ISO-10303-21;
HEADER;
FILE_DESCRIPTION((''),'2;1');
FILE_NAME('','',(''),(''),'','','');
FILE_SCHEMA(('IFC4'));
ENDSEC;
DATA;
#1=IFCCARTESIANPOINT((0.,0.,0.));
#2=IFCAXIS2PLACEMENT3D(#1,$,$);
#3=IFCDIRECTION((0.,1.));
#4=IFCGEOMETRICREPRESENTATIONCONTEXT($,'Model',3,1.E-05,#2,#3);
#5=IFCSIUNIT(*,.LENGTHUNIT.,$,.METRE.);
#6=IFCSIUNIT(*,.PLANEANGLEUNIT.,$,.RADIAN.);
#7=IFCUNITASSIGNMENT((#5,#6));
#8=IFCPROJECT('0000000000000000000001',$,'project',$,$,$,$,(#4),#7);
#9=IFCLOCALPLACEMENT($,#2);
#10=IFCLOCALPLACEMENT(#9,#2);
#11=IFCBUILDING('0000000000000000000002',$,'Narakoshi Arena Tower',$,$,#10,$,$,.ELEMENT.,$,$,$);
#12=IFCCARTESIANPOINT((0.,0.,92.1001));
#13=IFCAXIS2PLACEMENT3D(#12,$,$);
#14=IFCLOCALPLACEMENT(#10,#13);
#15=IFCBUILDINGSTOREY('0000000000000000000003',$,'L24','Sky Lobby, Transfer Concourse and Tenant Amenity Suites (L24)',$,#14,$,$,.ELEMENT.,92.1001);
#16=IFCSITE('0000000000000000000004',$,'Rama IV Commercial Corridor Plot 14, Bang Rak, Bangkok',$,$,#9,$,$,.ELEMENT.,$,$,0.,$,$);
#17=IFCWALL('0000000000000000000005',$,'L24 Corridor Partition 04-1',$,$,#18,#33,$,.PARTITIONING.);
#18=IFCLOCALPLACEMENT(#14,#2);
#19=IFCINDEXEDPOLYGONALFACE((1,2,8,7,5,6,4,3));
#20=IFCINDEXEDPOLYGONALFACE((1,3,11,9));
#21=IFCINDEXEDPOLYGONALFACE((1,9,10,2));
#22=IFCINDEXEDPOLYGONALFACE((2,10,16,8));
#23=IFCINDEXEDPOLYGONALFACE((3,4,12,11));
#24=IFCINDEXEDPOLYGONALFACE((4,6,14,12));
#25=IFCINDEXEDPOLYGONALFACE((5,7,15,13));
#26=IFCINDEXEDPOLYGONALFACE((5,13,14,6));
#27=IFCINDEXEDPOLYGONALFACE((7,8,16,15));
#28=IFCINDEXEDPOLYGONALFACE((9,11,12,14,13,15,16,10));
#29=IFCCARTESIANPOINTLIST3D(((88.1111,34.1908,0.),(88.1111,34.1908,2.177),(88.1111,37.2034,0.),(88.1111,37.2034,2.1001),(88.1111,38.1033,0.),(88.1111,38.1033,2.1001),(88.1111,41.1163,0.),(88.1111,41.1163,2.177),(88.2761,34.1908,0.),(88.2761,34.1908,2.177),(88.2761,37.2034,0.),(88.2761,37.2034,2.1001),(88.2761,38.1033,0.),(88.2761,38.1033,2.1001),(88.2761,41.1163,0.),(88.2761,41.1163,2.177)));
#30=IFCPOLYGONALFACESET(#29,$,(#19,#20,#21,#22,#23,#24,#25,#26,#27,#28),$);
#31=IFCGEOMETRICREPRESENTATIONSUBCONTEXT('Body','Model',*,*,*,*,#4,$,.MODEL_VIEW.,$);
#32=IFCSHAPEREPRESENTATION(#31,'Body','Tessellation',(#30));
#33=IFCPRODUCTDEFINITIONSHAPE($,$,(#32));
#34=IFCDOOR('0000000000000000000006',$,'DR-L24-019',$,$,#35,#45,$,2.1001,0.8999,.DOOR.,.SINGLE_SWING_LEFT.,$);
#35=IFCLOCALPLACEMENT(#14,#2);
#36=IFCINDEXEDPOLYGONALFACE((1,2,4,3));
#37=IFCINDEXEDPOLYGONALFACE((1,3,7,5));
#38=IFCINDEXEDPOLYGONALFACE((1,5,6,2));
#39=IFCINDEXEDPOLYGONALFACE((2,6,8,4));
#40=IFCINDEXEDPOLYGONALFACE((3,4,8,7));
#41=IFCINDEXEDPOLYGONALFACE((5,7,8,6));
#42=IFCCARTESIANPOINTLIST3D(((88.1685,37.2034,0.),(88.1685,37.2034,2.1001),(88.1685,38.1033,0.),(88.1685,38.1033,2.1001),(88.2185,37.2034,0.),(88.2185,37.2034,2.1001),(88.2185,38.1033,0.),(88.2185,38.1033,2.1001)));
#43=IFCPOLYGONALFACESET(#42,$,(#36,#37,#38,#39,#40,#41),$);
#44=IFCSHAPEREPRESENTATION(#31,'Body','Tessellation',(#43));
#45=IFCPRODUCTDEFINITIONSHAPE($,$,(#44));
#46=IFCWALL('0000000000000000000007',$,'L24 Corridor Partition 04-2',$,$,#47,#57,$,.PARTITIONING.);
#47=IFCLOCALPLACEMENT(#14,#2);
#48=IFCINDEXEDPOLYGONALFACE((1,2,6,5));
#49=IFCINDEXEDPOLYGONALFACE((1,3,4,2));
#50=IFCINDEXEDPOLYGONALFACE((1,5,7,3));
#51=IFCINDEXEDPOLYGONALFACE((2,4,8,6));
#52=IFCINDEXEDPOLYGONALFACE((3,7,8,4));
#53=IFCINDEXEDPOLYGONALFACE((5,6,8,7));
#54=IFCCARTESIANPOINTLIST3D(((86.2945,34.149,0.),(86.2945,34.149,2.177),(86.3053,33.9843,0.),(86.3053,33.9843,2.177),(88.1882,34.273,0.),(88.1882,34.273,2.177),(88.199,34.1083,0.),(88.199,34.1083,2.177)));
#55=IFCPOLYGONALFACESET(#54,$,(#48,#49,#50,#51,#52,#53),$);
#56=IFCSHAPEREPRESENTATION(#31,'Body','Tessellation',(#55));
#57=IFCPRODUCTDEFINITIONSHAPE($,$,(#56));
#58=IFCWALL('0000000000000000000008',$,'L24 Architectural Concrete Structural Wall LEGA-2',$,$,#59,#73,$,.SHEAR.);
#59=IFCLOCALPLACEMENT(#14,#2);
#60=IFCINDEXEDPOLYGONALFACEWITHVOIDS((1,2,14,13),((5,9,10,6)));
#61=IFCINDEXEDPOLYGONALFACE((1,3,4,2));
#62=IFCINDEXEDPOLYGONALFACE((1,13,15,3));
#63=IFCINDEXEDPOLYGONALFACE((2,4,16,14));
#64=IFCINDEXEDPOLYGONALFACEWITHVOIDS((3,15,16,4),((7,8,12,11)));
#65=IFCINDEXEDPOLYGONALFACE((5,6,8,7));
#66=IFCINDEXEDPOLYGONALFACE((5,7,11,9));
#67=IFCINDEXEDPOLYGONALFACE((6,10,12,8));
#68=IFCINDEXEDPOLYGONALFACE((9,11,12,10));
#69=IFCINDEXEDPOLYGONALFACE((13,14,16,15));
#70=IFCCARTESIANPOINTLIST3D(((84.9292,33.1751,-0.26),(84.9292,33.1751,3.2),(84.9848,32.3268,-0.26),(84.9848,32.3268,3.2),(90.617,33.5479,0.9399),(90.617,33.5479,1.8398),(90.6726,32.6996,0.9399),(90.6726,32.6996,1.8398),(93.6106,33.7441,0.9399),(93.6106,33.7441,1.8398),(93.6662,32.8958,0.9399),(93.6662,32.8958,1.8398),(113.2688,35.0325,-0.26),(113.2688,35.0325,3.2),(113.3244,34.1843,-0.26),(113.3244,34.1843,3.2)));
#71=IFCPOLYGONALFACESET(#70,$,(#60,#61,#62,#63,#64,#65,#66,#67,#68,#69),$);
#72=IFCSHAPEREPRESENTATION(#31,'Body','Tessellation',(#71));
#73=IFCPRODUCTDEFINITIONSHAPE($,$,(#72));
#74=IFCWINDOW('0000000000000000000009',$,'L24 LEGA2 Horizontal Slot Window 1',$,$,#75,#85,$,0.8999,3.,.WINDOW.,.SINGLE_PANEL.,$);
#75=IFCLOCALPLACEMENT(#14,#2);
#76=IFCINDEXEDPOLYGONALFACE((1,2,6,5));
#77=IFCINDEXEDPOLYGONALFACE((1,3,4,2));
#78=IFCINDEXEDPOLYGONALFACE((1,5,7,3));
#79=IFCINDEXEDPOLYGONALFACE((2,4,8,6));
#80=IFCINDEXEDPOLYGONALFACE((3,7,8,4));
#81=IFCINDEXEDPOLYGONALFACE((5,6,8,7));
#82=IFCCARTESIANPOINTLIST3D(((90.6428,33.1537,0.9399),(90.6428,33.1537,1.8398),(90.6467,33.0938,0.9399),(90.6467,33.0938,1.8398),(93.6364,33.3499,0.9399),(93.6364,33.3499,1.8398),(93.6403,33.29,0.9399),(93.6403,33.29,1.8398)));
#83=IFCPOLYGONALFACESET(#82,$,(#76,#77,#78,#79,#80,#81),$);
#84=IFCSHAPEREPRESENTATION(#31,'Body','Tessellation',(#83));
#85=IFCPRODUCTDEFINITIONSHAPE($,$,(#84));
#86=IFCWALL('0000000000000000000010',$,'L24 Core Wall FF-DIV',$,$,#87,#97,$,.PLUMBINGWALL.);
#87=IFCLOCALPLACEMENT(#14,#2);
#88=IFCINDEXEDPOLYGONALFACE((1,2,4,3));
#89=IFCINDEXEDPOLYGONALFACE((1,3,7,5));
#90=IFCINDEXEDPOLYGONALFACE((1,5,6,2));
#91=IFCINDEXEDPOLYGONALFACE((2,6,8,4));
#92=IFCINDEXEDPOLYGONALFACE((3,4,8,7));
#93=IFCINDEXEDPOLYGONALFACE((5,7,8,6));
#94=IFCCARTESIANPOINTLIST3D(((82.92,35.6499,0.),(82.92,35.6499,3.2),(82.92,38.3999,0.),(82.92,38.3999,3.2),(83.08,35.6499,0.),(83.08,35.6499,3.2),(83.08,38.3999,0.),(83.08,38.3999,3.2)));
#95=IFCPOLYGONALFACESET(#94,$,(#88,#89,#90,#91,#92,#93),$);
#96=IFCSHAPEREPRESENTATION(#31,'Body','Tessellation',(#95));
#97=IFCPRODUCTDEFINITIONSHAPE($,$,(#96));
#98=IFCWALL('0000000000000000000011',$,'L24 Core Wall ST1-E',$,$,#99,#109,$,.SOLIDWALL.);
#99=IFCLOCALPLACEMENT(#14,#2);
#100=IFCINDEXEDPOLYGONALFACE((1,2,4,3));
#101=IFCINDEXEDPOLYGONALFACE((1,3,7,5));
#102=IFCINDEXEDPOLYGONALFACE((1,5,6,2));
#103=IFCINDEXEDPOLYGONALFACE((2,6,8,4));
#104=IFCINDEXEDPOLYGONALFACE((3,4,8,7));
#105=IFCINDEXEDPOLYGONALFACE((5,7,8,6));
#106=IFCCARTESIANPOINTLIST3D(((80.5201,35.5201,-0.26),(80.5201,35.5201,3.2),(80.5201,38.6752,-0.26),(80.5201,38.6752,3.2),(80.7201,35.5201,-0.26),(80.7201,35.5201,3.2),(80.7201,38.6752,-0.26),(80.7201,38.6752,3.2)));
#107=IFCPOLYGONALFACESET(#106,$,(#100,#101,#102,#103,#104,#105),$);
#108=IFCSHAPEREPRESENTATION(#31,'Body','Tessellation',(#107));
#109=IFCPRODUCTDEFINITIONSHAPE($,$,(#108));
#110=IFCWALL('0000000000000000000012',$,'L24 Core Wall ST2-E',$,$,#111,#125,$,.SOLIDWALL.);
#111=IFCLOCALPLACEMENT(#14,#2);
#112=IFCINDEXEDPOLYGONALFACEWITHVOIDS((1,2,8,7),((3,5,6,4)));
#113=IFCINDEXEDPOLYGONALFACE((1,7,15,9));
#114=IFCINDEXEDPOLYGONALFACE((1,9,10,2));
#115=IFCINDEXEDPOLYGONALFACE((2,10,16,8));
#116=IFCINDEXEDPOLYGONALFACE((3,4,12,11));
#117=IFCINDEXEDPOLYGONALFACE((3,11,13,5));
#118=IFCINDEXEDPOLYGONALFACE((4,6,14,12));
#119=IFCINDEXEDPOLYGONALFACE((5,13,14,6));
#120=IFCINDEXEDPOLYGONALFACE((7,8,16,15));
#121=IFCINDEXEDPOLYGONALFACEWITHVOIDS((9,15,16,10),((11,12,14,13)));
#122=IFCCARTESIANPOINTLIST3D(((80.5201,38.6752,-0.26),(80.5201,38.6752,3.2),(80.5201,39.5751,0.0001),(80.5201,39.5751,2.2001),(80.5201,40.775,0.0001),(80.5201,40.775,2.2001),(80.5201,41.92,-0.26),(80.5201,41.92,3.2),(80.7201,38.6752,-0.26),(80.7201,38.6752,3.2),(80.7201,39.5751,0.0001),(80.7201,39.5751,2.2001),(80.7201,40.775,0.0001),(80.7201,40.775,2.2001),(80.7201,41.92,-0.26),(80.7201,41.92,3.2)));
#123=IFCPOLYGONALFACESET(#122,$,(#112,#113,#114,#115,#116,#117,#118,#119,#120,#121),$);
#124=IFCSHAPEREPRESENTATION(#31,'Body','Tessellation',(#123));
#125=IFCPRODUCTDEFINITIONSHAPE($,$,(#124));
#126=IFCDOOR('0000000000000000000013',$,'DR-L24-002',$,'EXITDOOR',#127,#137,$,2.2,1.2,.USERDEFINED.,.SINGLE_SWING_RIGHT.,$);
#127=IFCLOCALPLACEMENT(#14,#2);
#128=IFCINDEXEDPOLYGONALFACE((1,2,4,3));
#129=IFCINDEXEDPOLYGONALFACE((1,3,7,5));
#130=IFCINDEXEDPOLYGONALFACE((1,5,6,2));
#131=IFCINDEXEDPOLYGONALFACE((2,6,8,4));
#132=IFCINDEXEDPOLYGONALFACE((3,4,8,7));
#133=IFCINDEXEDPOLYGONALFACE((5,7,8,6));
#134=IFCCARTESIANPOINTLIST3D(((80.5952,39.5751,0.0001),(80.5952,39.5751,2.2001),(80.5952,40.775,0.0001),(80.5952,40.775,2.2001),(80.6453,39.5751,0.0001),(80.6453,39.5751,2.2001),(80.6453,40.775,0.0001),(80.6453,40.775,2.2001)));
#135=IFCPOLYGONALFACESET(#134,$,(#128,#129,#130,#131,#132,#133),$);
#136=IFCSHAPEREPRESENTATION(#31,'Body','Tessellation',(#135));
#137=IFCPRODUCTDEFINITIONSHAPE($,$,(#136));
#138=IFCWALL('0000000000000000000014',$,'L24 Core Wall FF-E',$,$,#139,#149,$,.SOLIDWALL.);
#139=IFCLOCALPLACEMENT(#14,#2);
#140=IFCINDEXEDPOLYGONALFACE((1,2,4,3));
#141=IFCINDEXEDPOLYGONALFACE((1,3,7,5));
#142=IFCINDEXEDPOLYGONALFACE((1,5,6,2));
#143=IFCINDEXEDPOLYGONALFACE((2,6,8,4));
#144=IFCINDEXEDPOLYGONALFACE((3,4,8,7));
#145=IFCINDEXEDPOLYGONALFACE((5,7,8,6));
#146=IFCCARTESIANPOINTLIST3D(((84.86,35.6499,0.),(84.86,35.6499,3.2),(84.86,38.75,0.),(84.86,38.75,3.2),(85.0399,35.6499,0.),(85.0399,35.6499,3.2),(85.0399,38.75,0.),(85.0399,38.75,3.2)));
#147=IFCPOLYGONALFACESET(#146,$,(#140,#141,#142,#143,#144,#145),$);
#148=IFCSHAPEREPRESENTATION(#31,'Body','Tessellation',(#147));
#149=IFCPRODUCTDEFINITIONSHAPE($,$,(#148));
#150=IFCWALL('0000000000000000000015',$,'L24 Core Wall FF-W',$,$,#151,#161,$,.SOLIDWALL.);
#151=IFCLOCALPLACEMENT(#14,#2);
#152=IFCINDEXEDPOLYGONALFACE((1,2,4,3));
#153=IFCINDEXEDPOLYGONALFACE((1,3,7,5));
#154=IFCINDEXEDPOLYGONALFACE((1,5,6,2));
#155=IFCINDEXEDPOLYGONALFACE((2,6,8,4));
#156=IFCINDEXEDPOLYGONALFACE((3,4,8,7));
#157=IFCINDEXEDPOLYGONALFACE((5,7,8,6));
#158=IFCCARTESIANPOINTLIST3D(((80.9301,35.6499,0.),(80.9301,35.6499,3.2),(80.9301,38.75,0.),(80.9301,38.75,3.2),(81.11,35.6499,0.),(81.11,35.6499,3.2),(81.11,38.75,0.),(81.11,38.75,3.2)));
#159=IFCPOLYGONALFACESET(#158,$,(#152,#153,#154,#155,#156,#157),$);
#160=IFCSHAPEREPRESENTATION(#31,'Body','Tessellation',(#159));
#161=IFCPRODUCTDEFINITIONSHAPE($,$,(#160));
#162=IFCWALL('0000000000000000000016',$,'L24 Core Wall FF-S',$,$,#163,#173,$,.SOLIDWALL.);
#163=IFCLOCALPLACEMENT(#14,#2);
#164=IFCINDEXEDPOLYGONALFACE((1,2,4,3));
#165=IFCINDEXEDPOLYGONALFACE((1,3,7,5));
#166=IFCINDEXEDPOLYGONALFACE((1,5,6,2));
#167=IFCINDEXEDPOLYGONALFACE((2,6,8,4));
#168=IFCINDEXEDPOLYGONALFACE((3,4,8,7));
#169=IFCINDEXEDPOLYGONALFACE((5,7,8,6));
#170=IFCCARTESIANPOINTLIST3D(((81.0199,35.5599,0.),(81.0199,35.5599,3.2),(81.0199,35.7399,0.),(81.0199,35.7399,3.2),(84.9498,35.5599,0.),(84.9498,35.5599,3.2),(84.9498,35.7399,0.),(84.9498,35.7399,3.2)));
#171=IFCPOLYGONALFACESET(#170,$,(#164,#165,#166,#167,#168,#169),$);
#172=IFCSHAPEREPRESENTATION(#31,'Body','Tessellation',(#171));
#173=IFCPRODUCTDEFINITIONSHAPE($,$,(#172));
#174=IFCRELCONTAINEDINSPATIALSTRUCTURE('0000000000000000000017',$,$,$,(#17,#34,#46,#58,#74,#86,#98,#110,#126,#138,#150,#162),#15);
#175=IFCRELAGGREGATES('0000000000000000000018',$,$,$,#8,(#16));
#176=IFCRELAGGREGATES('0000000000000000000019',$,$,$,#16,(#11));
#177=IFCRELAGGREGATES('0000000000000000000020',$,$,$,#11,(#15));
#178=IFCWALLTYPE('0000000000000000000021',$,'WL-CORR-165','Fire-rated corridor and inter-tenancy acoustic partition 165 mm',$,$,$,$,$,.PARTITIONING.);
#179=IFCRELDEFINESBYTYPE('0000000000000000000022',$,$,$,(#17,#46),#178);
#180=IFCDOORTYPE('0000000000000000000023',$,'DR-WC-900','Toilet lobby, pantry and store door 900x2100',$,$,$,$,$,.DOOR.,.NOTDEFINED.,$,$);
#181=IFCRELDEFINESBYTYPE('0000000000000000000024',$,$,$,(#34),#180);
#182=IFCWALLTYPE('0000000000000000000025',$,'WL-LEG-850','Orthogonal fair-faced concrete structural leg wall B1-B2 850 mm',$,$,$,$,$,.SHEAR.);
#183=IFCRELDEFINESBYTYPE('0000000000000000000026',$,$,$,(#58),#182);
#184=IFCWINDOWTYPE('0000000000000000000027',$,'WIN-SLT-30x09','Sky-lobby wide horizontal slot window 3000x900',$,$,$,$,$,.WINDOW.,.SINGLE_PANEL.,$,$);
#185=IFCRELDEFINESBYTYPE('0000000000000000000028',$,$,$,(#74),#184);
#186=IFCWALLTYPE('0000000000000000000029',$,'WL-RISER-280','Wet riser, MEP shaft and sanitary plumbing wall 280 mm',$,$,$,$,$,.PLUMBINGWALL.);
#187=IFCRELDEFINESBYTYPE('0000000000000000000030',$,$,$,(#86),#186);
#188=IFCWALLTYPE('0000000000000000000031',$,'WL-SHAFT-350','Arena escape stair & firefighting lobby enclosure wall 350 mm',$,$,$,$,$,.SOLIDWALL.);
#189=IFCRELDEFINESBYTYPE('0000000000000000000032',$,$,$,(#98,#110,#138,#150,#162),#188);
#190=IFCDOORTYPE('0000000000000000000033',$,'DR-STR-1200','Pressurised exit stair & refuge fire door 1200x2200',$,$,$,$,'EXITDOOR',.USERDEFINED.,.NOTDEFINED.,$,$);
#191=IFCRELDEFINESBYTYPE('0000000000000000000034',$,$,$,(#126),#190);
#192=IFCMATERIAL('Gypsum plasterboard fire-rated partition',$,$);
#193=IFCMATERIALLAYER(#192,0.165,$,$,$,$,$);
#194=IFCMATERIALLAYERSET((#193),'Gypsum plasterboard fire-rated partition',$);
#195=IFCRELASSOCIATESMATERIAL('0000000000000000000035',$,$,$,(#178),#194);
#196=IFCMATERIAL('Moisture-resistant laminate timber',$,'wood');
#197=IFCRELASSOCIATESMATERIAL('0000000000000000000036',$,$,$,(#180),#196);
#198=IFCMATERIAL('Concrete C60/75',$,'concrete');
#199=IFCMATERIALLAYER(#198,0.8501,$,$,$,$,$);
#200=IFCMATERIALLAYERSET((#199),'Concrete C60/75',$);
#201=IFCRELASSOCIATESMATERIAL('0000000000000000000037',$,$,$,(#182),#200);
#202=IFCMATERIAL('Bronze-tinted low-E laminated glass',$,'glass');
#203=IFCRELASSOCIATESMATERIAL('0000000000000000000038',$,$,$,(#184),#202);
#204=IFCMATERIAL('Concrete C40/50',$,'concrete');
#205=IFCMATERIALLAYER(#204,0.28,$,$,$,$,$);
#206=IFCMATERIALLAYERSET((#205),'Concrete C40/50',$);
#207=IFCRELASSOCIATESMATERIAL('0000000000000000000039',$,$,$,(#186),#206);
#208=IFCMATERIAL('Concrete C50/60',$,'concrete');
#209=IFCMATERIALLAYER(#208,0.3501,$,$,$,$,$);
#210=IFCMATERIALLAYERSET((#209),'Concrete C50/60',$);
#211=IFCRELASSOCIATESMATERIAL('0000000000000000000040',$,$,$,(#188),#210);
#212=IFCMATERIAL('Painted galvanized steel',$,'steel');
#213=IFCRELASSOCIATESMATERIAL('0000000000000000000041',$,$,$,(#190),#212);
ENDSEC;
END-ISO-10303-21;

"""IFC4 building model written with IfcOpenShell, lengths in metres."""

from ifc_helpers import new_model, si_unit, direction, frame, frame_2d, origin, place, context, subcontext, project, spatial, rectangle, extrude, material, layer, layer_set, type_object, element, fill, save


model = new_model("IFC4")

# Units and contexts
model_context = context("Model", 3, precision=1e-05, world=origin(), true_north=direction((0.0, 1.0)))
body_context = subcontext(model_context, "Body", "Model", "MODEL_VIEW")
ifc_project = project(units=[si_unit("LENGTHUNIT", "METRE"), si_unit("PLANEANGLEUNIT", "RADIAN")], contexts=[model_context])

# Site, building, storey
site_placement = place(None, origin())
site = spatial("IfcSite", under=ifc_project, at=site_placement, Name="Rama IV Commercial Corridor Plot 14, Bang Rak, Bangkok", CompositionType="ELEMENT", RefElevation=0.0)
building_placement = place(site_placement, origin())
building = spatial("IfcBuilding", under=site, at=building_placement, Name="Narakoshi Arena Tower", CompositionType="ELEMENT")
storey_placement = place(building_placement, frame((0.0, 0.0, 92.1001)))
storey = spatial("IfcBuildingStorey", under=building, at=storey_placement, Name="L24", Description="Sky Lobby, Transfer Concourse and Tenant Amenity Suites (L24)", CompositionType="ELEMENT", Elevation=92.1001)

# Shared definitions
ifc_material_1 = material(Name="Concrete C60/75", Category="concrete")

# Wall, opening, door
ifc_material_2 = material(Name="Gypsum plasterboard fire-rated partition")
ifc_layer_1 = layer(ifc_material_2, 0.165)
ifc_layer_set_1 = layer_set([ifc_layer_1], Name="Gypsum plasterboard fire-rated partition")
wall_type_1 = type_object("IfcWallType", Name="WL-CORR-165", Description="Fire-rated corridor and inter-tenancy acoustic partition 165 mm", PredefinedType="PARTITIONING", material=ifc_layer_set_1)
wall_1_placement = place(storey_placement, frame((88.1936, 34.1907, 0.0), z_axis=(0.0, 0.0, 1.0), x_axis=(0.0, 1.0, 0.0)))
wall_1 = element("IfcWall", 1, at=wall_1_placement, inside=storey, type_object=wall_type_1, Name="L24 Corridor Partition 04-1", PredefinedType="PARTITIONING", context=body_context, shape_type="SweptSolid", body=[
    extrude(rectangle(XDim=6.9255, YDim=0.165, at=frame_2d((3.4629, 0.0))), origin(), (0.0, 0.0, 1.0), 2.177),
])
opening_1_placement = place(wall_1_placement, frame((3.0127, 0.0, 0.0)))
opening_1 = element("IfcOpeningElement", 2, at=opening_1_placement, cuts=wall_1, PredefinedType="OPENING", context=body_context, shape_type="SweptSolid", body=[
    extrude(rectangle(XDim=0.8999, YDim=2.1001, at=frame_2d((0.45, 1.05))), frame((0.0, 0.0925, 0.0), z_axis=(0.0, -1.0, 0.0), x_axis=(1.0, 0.0, 0.0)), (0.0, 0.0, 1.0), 0.1851),
])
ifc_material_3 = material(Name="Moisture-resistant laminate timber", Category="wood")
door_type_1 = type_object("IfcDoorType", Name="DR-WC-900", Description="Toilet lobby, pantry and store door 900x2100", OperationType="NOTDEFINED", PredefinedType="DOOR", material=ifc_material_3)
door_1_placement = place(opening_1_placement, frame((0.8999, 0.0, 0.0), z_axis=(0.0, 0.0, 1.0), x_axis=(-1.0, 0.0, 0.0)))
door_1 = element("IfcDoor", 3, at=door_1_placement, inside=storey, type_object=door_type_1, Name="DR-L24-019", OperationType="SINGLE_SWING_LEFT", OverallHeight=2.1001, OverallWidth=0.8999, PredefinedType="DOOR", context=body_context, shape_type="SweptSolid", body=[
    extrude(rectangle(XDim=0.8999, YDim=2.1001, at=frame_2d((0.45, 1.05))), frame((0.0, 0.0249, 0.0), z_axis=(0.0, -1.0, 0.0), x_axis=(1.0, 0.0, 0.0)), (0.0, 0.0, 1.0), 0.05),
])
fill(opening_1, door_1)

# Wall
wall_2_placement = place(storey_placement, frame((86.3, 34.0667, 0.0), z_axis=(0.0, 0.0, 1.0), x_axis=(0.997862, 0.065358, 0.0)))
element("IfcWall", 4, at=wall_2_placement, inside=storey, type_object=wall_type_1, Name="L24 Corridor Partition 04-2", PredefinedType="PARTITIONING", context=body_context, shape_type="SweptSolid", body=[
    extrude(rectangle(XDim=1.8977, YDim=0.165, at=frame_2d((0.9487, 0.0))), origin(), (0.0, 0.0, 1.0), 2.177),
])

# Wall, opening, window
ifc_layer_2 = layer(ifc_material_1, 0.8501)
ifc_layer_set_2 = layer_set([ifc_layer_2], Name="Concrete C60/75")
wall_type_2 = type_object("IfcWallType", Name="WL-LEG-850", Description="Orthogonal fair-faced concrete structural leg wall B1-B2 850 mm", PredefinedType="SHEAR", material=ifc_layer_set_2)
wall_3_placement = place(storey_placement, frame((84.957, 32.751, -0.26), z_axis=(0.0, 0.0, 1.0), x_axis=(0.997859, 0.065401, 0.0)))
wall_3 = element("IfcWall", 5, at=wall_3_placement, inside=storey, type_object=wall_type_2, Name="L24 Architectural Concrete Structural Wall LEGA-2", PredefinedType="SHEAR", context=body_context, shape_type="SweptSolid", body=[
    extrude(rectangle(XDim=28.4004, YDim=0.8501, at=frame_2d((14.2002, 0.0))), origin(), (0.0, 0.0, 1.0), 3.46),
])
opening_2_placement = place(wall_3_placement, frame((5.7, 0.0, 1.2)))
opening_2 = element("IfcOpeningElement", 6, at=opening_2_placement, cuts=wall_3, PredefinedType="OPENING", context=body_context, shape_type="SweptSolid", body=[
    extrude(rectangle(XDim=3.0, YDim=0.8999, at=frame_2d((1.5, 0.45))), frame((0.0, 0.4351, 0.0), z_axis=(0.0, -1.0, 0.0), x_axis=(1.0, 0.0, 0.0)), (0.0, 0.0, 1.0), 0.8701),
])
ifc_material_4 = material(Name="Bronze-tinted low-E laminated glass", Category="glass")
window_type = type_object("IfcWindowType", Name="WIN-SLT-30x09", Description="Sky-lobby wide horizontal slot window 3000x900", PartitioningType="SINGLE_PANEL", PredefinedType="WINDOW", material=ifc_material_4)
window_placement = place(opening_2_placement, origin())
window = element("IfcWindow", 7, at=window_placement, inside=storey, type_object=window_type, Name="L24 LEGA2 Horizontal Slot Window 1", OverallHeight=0.8999, OverallWidth=3.0, PartitioningType="SINGLE_PANEL", PredefinedType="WINDOW", context=body_context, shape_type="SweptSolid", body=[
    extrude(rectangle(XDim=3.0, YDim=0.8999, at=frame_2d((1.5, 0.45))), frame((0.0, 0.03, 0.0), z_axis=(0.0, -1.0, 0.0), x_axis=(1.0, 0.0, 0.0)), (0.0, 0.0, 1.0), 0.0601),
])
fill(opening_2, window)

# Walls
ifc_material_5 = material(Name="Concrete C40/50", Category="concrete")
ifc_layer_3 = layer(ifc_material_5, 0.28)
ifc_layer_set_3 = layer_set([ifc_layer_3], Name="Concrete C40/50")
wall_type_3 = type_object("IfcWallType", Name="WL-RISER-280", Description="Wet riser, MEP shaft and sanitary plumbing wall 280 mm", PredefinedType="PLUMBINGWALL", material=ifc_layer_set_3)
wall_4_placement = place(storey_placement, frame((83.0, 35.6499, 0.0), z_axis=(0.0, 0.0, 1.0), x_axis=(0.0, 1.0, 0.0)))
element("IfcWall", 8, at=wall_4_placement, inside=storey, type_object=wall_type_3, Name="L24 Core Wall FF-DIV", PredefinedType="PLUMBINGWALL", context=body_context, shape_type="SweptSolid", body=[
    extrude(rectangle(XDim=2.75, YDim=0.1599, at=frame_2d((1.375, 0.0))), origin(), (0.0, 0.0, 1.0), 3.2),
])
ifc_material_6 = material(Name="Concrete C50/60", Category="concrete")
ifc_layer_4 = layer(ifc_material_6, 0.3501)
ifc_layer_set_4 = layer_set([ifc_layer_4], Name="Concrete C50/60")
wall_type_4 = type_object("IfcWallType", Name="WL-SHAFT-350", Description="Arena escape stair & firefighting lobby enclosure wall 350 mm", PredefinedType="SOLIDWALL", material=ifc_layer_set_4)
wall_5_placement = place(storey_placement, frame((80.6201, 35.52, -0.26), z_axis=(0.0, 0.0, 1.0), x_axis=(0.0, 1.0, 0.0)))
element("IfcWall", 9, at=wall_5_placement, inside=storey, type_object=wall_type_4, Name="L24 Core Wall ST1-E", PredefinedType="SOLIDWALL", context=body_context, shape_type="SweptSolid", body=[
    extrude(rectangle(XDim=3.155, YDim=0.2, at=frame_2d((1.5776, 0.0))), origin(), (0.0, 0.0, 1.0), 3.46),
])

# Wall, opening, door
wall_6_placement = place(storey_placement, frame((80.6201, 38.675, -0.26), z_axis=(0.0, 0.0, 1.0), x_axis=(0.0, 1.0, 0.0)))
wall_6 = element("IfcWall", 10, at=wall_6_placement, inside=storey, type_object=wall_type_4, Name="L24 Core Wall ST2-E", PredefinedType="SOLIDWALL", context=body_context, shape_type="SweptSolid", body=[
    extrude(rectangle(XDim=3.2449, YDim=0.2, at=frame_2d((1.6226, 0.0))), origin(), (0.0, 0.0, 1.0), 3.46),
])
opening_3_placement = place(wall_6_placement, frame((0.8999, 0.0, 0.26)))
opening_3 = element("IfcOpeningElement", 11, at=opening_3_placement, cuts=wall_6, PredefinedType="OPENING", context=body_context, shape_type="SweptSolid", body=[
    extrude(rectangle(XDim=1.2, YDim=2.2, at=frame_2d((0.6001, 1.1001))), frame((0.0, 0.1099, 0.0), z_axis=(0.0, -1.0, 0.0), x_axis=(1.0, 0.0, 0.0)), (0.0, 0.0, 1.0), 0.22),
])
ifc_material_7 = material(Name="Painted galvanized steel", Category="steel")
door_type_2 = type_object("IfcDoorType", Name="DR-STR-1200", Description="Pressurised exit stair & refuge fire door 1200x2200", ElementType="EXITDOOR", OperationType="NOTDEFINED", PredefinedType="USERDEFINED", material=ifc_material_7)
door_2_placement = place(opening_3_placement, origin())
door_2 = element("IfcDoor", 12, at=door_2_placement, inside=storey, type_object=door_type_2, Name="DR-L24-002", ObjectType="EXITDOOR", OperationType="SINGLE_SWING_RIGHT", OverallHeight=2.2, OverallWidth=1.2, PredefinedType="USERDEFINED", context=body_context, shape_type="SweptSolid", body=[
    extrude(rectangle(XDim=1.2, YDim=2.2, at=frame_2d((0.6001, 1.1001))), frame((0.0, 0.0249, 0.0), z_axis=(0.0, -1.0, 0.0), x_axis=(1.0, 0.0, 0.0)), (0.0, 0.0, 1.0), 0.05),
])
fill(opening_3, door_2)

# Walls
for number, where, z_axis, x_axis, name in (
    (13, (84.95, 35.6499, 0.0), (0.0, 0.0, 1.0), (0.0, 1.0, 0.0), "L24 Core Wall FF-E"),
    (14, (81.02, 35.6499, 0.0), (0.0, 0.0, 1.0), (0.0, 1.0, 0.0), "L24 Core Wall FF-W"),
):
    element("IfcWall", number, at=place(storey_placement, frame(where, z_axis=z_axis, x_axis=x_axis)), inside=storey, type_object=wall_type_4, Name=name, PredefinedType="SOLIDWALL", context=body_context, shape_type="SweptSolid", body=[
        extrude(rectangle(XDim=3.1001, YDim=0.1799, at=frame_2d((1.55, 0.0))), origin(), (0.0, 0.0, 1.0), 3.2),
    ])
wall_7_placement = place(storey_placement, frame((81.02, 35.6499, 0.0), z_axis=(0.0, 0.0, 1.0), x_axis=(1.0, 0.0, 0.0)))
element("IfcWall", 15, at=wall_7_placement, inside=storey, type_object=wall_type_4, Name="L24 Core Wall FF-S", PredefinedType="SOLIDWALL", context=body_context, shape_type="SweptSolid", body=[
    extrude(rectangle(XDim=3.9299, YDim=0.1799, at=frame_2d((1.9648, 0.0))), origin(), (0.0, 0.0, 1.0), 3.2),
])

save(model, "model.ifc")
